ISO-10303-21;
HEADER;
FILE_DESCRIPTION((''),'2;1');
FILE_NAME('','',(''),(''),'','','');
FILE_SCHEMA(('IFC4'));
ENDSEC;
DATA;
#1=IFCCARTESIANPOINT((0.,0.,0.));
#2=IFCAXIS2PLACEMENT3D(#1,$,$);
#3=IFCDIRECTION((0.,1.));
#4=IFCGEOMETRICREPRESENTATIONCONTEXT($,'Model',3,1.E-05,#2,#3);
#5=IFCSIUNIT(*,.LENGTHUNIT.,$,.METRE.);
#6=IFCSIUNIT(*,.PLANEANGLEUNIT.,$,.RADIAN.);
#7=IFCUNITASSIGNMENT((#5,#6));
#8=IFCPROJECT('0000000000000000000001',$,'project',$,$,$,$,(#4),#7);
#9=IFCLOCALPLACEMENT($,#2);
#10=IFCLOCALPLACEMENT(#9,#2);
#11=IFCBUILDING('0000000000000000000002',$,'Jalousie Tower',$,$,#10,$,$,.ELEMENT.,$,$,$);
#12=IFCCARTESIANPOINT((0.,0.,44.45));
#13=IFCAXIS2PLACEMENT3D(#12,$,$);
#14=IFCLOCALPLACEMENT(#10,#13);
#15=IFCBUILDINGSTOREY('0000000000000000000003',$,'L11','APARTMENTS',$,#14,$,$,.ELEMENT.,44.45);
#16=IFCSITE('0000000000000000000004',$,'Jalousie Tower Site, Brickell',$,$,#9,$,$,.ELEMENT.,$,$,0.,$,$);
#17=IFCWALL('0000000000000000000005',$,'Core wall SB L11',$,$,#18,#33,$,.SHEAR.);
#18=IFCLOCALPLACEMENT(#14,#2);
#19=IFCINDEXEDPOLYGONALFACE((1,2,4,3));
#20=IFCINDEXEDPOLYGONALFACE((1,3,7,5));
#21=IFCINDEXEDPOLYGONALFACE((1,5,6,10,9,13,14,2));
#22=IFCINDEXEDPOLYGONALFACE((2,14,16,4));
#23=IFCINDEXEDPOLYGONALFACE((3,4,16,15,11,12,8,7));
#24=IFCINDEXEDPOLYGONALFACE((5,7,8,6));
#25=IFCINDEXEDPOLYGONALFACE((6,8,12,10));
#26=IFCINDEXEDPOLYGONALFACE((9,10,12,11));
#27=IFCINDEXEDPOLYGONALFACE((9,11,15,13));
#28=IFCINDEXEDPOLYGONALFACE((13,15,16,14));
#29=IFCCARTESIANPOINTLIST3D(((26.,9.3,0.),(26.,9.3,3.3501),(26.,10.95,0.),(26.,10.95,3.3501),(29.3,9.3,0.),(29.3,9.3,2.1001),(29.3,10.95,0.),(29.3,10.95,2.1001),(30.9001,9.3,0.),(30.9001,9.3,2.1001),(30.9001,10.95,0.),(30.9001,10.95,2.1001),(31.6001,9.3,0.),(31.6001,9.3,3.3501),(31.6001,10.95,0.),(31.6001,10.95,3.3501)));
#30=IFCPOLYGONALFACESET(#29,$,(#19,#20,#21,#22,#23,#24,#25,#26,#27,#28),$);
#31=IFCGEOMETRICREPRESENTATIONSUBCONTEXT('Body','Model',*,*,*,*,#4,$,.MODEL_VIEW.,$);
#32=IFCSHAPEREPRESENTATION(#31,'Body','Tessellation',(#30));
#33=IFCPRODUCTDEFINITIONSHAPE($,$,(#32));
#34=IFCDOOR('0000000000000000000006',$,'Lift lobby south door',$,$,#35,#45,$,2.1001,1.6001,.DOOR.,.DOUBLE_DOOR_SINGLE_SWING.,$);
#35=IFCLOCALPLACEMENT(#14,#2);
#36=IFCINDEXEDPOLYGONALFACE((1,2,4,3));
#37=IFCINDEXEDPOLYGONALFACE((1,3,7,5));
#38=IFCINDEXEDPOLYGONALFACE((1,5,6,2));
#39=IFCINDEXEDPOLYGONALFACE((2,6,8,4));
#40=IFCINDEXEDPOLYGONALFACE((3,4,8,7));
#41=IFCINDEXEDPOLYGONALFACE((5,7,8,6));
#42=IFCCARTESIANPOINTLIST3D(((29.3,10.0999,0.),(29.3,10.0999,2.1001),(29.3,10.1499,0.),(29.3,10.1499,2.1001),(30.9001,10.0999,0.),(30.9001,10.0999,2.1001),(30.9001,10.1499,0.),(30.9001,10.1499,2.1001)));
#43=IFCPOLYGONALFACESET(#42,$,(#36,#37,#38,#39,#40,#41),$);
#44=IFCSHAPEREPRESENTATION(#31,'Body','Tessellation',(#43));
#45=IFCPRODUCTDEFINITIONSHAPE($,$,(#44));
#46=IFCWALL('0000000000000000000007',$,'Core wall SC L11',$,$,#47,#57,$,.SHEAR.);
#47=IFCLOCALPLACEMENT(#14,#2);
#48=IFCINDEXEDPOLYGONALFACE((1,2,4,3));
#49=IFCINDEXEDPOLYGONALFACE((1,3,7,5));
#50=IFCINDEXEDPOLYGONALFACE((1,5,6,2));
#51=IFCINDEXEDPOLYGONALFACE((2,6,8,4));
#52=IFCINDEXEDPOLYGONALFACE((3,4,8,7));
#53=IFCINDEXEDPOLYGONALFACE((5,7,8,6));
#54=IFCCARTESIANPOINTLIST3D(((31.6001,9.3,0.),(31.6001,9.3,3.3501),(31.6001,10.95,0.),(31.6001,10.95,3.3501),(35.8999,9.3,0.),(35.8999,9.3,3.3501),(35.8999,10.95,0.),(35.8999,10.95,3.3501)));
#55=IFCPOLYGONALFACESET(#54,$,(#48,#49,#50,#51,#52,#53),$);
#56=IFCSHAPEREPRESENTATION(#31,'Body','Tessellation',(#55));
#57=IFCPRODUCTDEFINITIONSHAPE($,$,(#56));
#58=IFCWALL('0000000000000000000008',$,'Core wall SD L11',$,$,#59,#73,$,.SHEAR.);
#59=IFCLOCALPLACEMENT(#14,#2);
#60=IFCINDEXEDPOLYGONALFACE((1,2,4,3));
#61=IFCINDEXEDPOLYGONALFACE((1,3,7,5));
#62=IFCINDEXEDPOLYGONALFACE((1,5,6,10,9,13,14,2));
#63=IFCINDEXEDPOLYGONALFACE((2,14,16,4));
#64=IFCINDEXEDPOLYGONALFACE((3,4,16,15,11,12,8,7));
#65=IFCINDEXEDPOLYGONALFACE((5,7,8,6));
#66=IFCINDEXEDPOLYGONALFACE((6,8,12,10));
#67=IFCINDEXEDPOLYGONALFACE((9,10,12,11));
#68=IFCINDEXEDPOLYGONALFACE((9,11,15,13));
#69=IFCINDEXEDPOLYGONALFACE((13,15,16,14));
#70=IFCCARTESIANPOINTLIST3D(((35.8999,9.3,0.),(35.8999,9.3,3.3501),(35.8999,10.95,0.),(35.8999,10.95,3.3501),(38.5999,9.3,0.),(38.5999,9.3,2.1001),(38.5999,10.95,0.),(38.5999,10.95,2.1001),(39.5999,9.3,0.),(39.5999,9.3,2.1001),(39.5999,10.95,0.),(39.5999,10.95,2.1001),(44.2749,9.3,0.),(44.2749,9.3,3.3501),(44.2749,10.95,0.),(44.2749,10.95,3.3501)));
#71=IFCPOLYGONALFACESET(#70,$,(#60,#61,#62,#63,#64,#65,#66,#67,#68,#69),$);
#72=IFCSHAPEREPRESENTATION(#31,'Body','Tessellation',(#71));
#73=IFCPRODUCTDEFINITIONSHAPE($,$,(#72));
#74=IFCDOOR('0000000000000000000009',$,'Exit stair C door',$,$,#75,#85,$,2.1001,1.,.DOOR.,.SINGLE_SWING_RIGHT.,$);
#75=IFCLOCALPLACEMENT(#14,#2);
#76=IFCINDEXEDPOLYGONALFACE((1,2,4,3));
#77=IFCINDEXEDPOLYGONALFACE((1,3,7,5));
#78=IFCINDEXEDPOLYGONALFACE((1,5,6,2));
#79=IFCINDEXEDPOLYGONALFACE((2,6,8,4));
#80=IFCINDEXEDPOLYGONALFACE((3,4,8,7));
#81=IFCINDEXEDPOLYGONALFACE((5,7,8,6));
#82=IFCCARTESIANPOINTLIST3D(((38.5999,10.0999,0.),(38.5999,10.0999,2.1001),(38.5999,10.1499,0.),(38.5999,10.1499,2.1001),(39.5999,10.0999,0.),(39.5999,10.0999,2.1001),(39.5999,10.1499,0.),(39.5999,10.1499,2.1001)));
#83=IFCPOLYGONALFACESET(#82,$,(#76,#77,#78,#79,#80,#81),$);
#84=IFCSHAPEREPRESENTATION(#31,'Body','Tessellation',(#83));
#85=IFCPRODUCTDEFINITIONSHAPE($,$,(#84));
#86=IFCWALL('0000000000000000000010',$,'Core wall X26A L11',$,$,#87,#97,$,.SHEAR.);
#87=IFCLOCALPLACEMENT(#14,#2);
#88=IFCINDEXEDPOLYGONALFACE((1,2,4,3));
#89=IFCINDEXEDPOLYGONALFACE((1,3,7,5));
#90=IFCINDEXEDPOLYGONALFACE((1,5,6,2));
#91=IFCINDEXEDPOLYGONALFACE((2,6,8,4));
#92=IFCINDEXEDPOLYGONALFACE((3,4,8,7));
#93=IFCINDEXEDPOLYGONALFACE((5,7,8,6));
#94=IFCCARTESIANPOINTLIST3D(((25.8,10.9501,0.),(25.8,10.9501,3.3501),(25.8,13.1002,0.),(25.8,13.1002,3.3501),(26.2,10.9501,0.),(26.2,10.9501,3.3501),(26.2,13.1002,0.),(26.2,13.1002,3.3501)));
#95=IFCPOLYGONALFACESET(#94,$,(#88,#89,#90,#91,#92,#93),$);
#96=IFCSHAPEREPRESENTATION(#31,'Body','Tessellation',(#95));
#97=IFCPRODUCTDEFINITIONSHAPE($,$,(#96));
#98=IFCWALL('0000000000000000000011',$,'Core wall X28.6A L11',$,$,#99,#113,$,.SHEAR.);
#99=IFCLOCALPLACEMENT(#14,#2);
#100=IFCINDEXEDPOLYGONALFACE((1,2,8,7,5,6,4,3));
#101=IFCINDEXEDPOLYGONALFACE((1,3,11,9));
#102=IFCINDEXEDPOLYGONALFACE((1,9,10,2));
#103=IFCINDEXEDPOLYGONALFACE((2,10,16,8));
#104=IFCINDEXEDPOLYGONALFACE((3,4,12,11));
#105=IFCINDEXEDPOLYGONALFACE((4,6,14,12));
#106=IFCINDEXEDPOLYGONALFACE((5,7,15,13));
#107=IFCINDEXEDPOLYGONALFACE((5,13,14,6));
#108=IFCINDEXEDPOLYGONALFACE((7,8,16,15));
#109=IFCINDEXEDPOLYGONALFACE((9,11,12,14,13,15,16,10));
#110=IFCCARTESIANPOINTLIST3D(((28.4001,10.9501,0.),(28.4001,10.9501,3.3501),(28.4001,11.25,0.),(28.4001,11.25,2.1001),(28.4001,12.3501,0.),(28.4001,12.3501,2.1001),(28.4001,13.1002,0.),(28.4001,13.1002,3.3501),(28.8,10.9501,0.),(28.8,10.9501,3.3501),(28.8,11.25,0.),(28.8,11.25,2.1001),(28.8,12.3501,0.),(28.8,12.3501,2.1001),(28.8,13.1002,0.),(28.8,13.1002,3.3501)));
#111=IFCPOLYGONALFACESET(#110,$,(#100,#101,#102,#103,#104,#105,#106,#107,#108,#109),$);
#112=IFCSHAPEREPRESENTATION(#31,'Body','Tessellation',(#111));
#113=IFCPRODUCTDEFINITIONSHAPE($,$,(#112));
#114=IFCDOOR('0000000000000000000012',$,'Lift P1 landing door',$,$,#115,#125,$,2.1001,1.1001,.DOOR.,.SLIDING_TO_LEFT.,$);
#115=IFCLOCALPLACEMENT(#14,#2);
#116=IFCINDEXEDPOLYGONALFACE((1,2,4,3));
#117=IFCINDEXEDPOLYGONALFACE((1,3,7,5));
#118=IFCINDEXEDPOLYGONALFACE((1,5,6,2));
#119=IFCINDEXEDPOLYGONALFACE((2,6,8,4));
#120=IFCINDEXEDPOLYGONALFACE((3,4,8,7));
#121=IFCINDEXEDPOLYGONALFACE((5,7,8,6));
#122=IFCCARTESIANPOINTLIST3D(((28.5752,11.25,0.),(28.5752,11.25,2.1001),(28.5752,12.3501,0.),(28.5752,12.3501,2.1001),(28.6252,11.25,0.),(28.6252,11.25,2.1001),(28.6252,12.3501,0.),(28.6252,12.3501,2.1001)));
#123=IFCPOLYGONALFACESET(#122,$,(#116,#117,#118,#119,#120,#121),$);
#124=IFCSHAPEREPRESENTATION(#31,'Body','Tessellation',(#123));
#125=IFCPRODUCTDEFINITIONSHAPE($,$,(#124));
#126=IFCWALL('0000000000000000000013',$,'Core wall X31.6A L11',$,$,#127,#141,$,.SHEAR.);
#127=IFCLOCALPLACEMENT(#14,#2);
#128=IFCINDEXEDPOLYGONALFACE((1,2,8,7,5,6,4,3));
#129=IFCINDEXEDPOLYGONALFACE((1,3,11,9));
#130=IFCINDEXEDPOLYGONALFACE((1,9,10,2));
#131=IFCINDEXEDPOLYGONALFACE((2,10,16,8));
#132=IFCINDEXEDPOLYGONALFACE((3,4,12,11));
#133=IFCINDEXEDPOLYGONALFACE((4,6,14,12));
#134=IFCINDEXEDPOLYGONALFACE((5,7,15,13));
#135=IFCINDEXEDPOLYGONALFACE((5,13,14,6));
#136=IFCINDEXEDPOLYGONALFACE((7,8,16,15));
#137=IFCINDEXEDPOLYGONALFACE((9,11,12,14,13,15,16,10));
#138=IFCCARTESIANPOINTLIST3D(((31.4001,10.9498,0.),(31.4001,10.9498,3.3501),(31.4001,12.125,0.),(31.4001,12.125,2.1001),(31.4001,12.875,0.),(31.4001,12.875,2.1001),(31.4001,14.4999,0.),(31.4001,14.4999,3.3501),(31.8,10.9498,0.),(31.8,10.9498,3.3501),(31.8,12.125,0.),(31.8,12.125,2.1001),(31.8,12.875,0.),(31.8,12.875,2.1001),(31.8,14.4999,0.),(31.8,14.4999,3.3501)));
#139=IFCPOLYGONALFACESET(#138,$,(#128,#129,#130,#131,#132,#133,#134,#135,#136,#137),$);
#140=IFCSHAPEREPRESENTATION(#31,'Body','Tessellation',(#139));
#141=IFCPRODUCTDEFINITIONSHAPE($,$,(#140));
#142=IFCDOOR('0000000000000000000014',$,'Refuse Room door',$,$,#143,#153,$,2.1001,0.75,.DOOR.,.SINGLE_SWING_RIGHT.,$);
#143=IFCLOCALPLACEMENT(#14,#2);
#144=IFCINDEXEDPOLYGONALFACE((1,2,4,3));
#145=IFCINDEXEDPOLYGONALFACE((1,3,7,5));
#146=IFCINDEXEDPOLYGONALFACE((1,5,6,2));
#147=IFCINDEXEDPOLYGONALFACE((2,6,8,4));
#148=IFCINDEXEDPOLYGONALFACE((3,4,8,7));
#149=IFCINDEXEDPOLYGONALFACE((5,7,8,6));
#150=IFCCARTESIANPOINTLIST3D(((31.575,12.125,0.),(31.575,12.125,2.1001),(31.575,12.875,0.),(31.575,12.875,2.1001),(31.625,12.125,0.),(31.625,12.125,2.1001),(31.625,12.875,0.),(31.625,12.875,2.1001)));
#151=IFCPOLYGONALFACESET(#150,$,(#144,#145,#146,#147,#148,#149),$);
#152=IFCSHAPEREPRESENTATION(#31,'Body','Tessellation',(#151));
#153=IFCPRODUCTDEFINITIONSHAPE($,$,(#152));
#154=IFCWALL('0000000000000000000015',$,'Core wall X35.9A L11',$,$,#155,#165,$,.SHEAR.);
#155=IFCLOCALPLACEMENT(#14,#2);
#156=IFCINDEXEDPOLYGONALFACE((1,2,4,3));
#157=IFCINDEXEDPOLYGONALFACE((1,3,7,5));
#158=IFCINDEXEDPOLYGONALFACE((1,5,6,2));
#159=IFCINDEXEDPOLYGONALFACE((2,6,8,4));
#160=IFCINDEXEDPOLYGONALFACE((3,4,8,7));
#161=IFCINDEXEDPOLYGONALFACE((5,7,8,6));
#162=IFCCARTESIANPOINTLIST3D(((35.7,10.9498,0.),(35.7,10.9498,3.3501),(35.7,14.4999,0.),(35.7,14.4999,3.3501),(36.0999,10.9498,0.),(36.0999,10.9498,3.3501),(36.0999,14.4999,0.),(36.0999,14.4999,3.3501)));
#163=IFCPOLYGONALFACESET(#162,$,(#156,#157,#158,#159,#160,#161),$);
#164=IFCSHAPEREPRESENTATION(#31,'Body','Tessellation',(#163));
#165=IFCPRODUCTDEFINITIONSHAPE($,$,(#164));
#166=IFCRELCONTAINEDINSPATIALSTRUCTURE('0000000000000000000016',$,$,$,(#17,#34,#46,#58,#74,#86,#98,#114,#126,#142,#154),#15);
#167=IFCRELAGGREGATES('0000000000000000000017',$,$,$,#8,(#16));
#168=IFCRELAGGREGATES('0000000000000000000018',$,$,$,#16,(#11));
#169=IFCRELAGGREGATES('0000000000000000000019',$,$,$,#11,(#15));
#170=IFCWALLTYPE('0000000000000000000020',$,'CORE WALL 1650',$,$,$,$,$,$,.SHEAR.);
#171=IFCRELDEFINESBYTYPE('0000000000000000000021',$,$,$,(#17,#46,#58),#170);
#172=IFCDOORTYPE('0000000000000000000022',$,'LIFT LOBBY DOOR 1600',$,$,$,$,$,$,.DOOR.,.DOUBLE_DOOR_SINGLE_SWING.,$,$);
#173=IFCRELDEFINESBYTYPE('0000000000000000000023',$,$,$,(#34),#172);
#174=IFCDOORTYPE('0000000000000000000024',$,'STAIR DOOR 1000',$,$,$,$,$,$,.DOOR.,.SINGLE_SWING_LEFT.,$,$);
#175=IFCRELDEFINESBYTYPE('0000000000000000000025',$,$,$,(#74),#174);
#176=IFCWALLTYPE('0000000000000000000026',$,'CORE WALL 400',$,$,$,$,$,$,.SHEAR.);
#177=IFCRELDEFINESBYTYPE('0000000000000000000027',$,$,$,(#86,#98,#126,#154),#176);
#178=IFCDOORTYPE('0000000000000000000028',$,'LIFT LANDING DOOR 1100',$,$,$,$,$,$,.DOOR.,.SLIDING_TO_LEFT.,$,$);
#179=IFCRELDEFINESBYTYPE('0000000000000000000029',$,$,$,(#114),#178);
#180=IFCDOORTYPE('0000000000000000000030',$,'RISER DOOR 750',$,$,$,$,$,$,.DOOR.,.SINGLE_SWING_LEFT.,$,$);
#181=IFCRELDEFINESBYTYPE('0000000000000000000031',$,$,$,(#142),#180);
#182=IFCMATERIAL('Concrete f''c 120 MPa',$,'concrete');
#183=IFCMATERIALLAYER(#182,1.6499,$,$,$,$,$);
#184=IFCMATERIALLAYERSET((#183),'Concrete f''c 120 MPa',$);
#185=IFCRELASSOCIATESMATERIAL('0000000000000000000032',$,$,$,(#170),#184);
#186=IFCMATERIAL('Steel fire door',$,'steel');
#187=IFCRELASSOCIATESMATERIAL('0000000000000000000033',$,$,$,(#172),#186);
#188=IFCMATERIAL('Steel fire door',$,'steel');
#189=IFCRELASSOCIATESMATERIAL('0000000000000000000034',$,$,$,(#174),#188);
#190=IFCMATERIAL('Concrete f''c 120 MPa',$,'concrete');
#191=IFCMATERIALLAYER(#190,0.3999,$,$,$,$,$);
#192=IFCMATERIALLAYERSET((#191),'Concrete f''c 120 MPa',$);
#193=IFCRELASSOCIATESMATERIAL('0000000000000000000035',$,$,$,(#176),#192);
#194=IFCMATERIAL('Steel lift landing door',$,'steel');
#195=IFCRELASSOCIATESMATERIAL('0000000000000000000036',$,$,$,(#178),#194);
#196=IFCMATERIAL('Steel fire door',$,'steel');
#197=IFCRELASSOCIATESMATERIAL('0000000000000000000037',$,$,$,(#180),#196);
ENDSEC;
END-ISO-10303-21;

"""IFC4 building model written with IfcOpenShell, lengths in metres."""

from ifc_helpers import new_model, si_unit, direction, frame, frame_2d, origin, place, context, subcontext, project, spatial, rectangle, extrude, material, layer, layer_set, type_object, element, fill, save


model = new_model("IFC4")

# Units and contexts
model_context = context("Model", 3, precision=1e-05, world=origin(), true_north=direction((0.0, 1.0)))
body_context = subcontext(model_context, "Body", "Model", "MODEL_VIEW")
ifc_project = project(units=[si_unit("LENGTHUNIT", "METRE"), si_unit("PLANEANGLEUNIT", "RADIAN")], contexts=[model_context])

# Site, building, storey
site_placement = place(None, origin())
site = spatial("IfcSite", under=ifc_project, at=site_placement, Name="Jalousie Tower Site, Brickell", CompositionType="ELEMENT", RefElevation=0.0)
building_placement = place(site_placement, origin())
building = spatial("IfcBuilding", under=site, at=building_placement, Name="Jalousie Tower", CompositionType="ELEMENT")
storey_placement = place(building_placement, frame((0.0, 0.0, 44.45)))
storey = spatial("IfcBuildingStorey", under=building, at=storey_placement, Name="L11", Description="APARTMENTS", CompositionType="ELEMENT", Elevation=44.45)

# Wall, opening, door
ifc_material_1 = material(Name="Concrete f'c 120 MPa", Category="concrete")
ifc_layer_1 = layer(ifc_material_1, 1.6499)
ifc_layer_set_1 = layer_set([ifc_layer_1], Name="Concrete f'c 120 MPa")
wall_type_1 = type_object("IfcWallType", Name="CORE WALL 1650", PredefinedType="SHEAR", material=ifc_layer_set_1)
wall_1_placement = place(storey_placement, frame((26.0, 10.125, 0.0), z_axis=(0.0, 0.0, 1.0), x_axis=(1.0, 0.0, 0.0)))
wall_1 = element("IfcWall", 1, at=wall_1_placement, inside=storey, type_object=wall_type_1, Name="Core wall SB L11", PredefinedType="SHEAR", context=body_context, shape_type="SweptSolid", body=[
    extrude(rectangle(XDim=5.6001, YDim=1.6499, at=frame_2d((2.8, 0.0))), origin(), (0.0, 0.0, 1.0), 3.3501),
])
opening_1_placement = place(wall_1_placement, frame((3.3, 0.0, 0.0)))
opening_1 = element("IfcOpeningElement", 2, at=opening_1_placement, cuts=wall_1, PredefinedType="OPENING", context=body_context, shape_type="SweptSolid", body=[
    extrude(rectangle(XDim=1.6001, YDim=2.1001, at=frame_2d((0.8, 1.05))), frame((0.0, 0.835, 0.0), z_axis=(0.0, -1.0, 0.0), x_axis=(1.0, 0.0, 0.0)), (0.0, 0.0, 1.0), 1.6699),
])
ifc_material_2 = material(Name="Steel fire door", Category="steel")
door_type_1 = type_object("IfcDoorType", Name="LIFT LOBBY DOOR 1600", OperationType="DOUBLE_DOOR_SINGLE_SWING", PredefinedType="DOOR", material=ifc_material_2)
door_1_placement = place(opening_1_placement, origin())
door_1 = element("IfcDoor", 3, at=door_1_placement, inside=storey, type_object=door_type_1, Name="Lift lobby south door", OperationType="DOUBLE_DOOR_SINGLE_SWING", OverallHeight=2.1001, OverallWidth=1.6001, PredefinedType="DOOR", context=body_context, shape_type="SweptSolid", body=[
    extrude(rectangle(XDim=1.6001, YDim=2.1001, at=frame_2d((0.8, 1.05))), frame((0.0, 0.0249, 0.0), z_axis=(0.0, -1.0, 0.0), x_axis=(1.0, 0.0, 0.0)), (0.0, 0.0, 1.0), 0.05),
])
fill(opening_1, door_1)

# Wall
wall_2_placement = place(storey_placement, frame((31.6001, 10.125, 0.0), z_axis=(0.0, 0.0, 1.0), x_axis=(1.0, 0.0, 0.0)))
element("IfcWall", 4, at=wall_2_placement, inside=storey, type_object=wall_type_1, Name="Core wall SC L11", PredefinedType="SHEAR", context=body_context, shape_type="SweptSolid", body=[
    extrude(rectangle(XDim=4.2998, YDim=1.6499, at=frame_2d((2.1499, 0.0))), origin(), (0.0, 0.0, 1.0), 3.3501),
])

# Wall, opening, door
wall_3_placement = place(storey_placement, frame((35.8999, 10.125, 0.0), z_axis=(0.0, 0.0, 1.0), x_axis=(1.0, 0.0, 0.0)))
wall_3 = element("IfcWall", 5, at=wall_3_placement, inside=storey, type_object=wall_type_1, Name="Core wall SD L11", PredefinedType="SHEAR", context=body_context, shape_type="SweptSolid", body=[
    extrude(rectangle(XDim=8.375, YDim=1.6499, at=frame_2d((4.1875, 0.0))), origin(), (0.0, 0.0, 1.0), 3.3501),
])
opening_2_placement = place(wall_3_placement, frame((2.7, 0.0, 0.0)))
opening_2 = element("IfcOpeningElement", 6, at=opening_2_placement, cuts=wall_3, PredefinedType="OPENING", context=body_context, shape_type="SweptSolid", body=[
    extrude(rectangle(XDim=1.0, YDim=2.1001, at=frame_2d((0.5, 1.05))), frame((0.0, 0.835, 0.0), z_axis=(0.0, -1.0, 0.0), x_axis=(1.0, 0.0, 0.0)), (0.0, 0.0, 1.0), 1.6699),
])
ifc_material_3 = material(Name="Steel fire door", Category="steel")
door_type_2 = type_object("IfcDoorType", Name="STAIR DOOR 1000", OperationType="SINGLE_SWING_LEFT", PredefinedType="DOOR", material=ifc_material_3)
door_2_placement = place(opening_2_placement, origin())
door_2 = element("IfcDoor", 7, at=door_2_placement, inside=storey, type_object=door_type_2, Name="Exit stair C door", OperationType="SINGLE_SWING_RIGHT", OverallHeight=2.1001, OverallWidth=1.0, PredefinedType="DOOR", context=body_context, shape_type="SweptSolid", body=[
    extrude(rectangle(XDim=1.0, YDim=2.1001, at=frame_2d((0.5, 1.05))), frame((0.0, 0.0249, 0.0), z_axis=(0.0, -1.0, 0.0), x_axis=(1.0, 0.0, 0.0)), (0.0, 0.0, 1.0), 0.05),
])
fill(opening_2, door_2)

# Wall
ifc_material_4 = material(Name="Concrete f'c 120 MPa", Category="concrete")
ifc_layer_2 = layer(ifc_material_4, 0.3999)
ifc_layer_set_2 = layer_set([ifc_layer_2], Name="Concrete f'c 120 MPa")
wall_type_2 = type_object("IfcWallType", Name="CORE WALL 400", PredefinedType="SHEAR", material=ifc_layer_set_2)
wall_4_placement = place(storey_placement, frame((26.0, 10.95, 0.0), z_axis=(0.0, 0.0, 1.0), x_axis=(0.0, 1.0, 0.0)))
element("IfcWall", 8, at=wall_4_placement, inside=storey, type_object=wall_type_2, Name="Core wall X26A L11", PredefinedType="SHEAR", context=body_context, shape_type="SweptSolid", body=[
    extrude(rectangle(XDim=2.1501, YDim=0.3999, at=frame_2d((1.0752, 0.0))), origin(), (0.0, 0.0, 1.0), 3.3501),
])

# Walls, openings, doors
wall_5_placement = place(storey_placement, frame((28.6001, 10.95, 0.0), z_axis=(0.0, 0.0, 1.0), x_axis=(0.0, 1.0, 0.0)))
wall_5 = element("IfcWall", 9, at=wall_5_placement, inside=storey, type_object=wall_type_2, Name="Core wall X28.6A L11", PredefinedType="SHEAR", context=body_context, shape_type="SweptSolid", body=[
    extrude(rectangle(XDim=2.1501, YDim=0.3999, at=frame_2d((1.0752, 0.0))), origin(), (0.0, 0.0, 1.0), 3.3501),
])
opening_3_placement = place(wall_5_placement, frame((0.3, 0.0, 0.0)))
opening_3 = element("IfcOpeningElement", 10, at=opening_3_placement, cuts=wall_5, PredefinedType="OPENING", context=body_context, shape_type="SweptSolid", body=[
    extrude(rectangle(XDim=1.1001, YDim=2.1001, at=frame_2d((0.55, 1.05))), frame((0.0, 0.21, 0.0), z_axis=(0.0, -1.0, 0.0), x_axis=(1.0, 0.0, 0.0)), (0.0, 0.0, 1.0), 0.4199),
])
ifc_material_5 = material(Name="Steel lift landing door", Category="steel")
door_type_3 = type_object("IfcDoorType", Name="LIFT LANDING DOOR 1100", OperationType="SLIDING_TO_LEFT", PredefinedType="DOOR", material=ifc_material_5)
door_3_placement = place(opening_3_placement, origin())
door_3 = element("IfcDoor", 11, at=door_3_placement, inside=storey, type_object=door_type_3, Name="Lift P1 landing door", OperationType="SLIDING_TO_LEFT", OverallHeight=2.1001, OverallWidth=1.1001, PredefinedType="DOOR", context=body_context, shape_type="SweptSolid", body=[
    extrude(rectangle(XDim=1.1001, YDim=2.1001, at=frame_2d((0.55, 1.05))), frame((0.0, 0.0249, 0.0), z_axis=(0.0, -1.0, 0.0), x_axis=(1.0, 0.0, 0.0)), (0.0, 0.0, 1.0), 0.05),
])
fill(opening_3, door_3)
wall_6_placement = place(storey_placement, frame((31.6001, 10.95, 0.0), z_axis=(0.0, 0.0, 1.0), x_axis=(0.0, 1.0, 0.0)))
wall_6 = element("IfcWall", 12, at=wall_6_placement, inside=storey, type_object=wall_type_2, Name="Core wall X31.6A L11", PredefinedType="SHEAR", context=body_context, shape_type="SweptSolid", body=[
    extrude(rectangle(XDim=3.55, YDim=0.3999, at=frame_2d((1.7749, 0.0))), origin(), (0.0, 0.0, 1.0), 3.3501),
])
opening_4_placement = place(wall_6_placement, frame((1.175, 0.0, 0.0)))
opening_4 = element("IfcOpeningElement", 13, at=opening_4_placement, cuts=wall_6, PredefinedType="OPENING", context=body_context, shape_type="SweptSolid", body=[
    extrude(rectangle(XDim=0.75, YDim=2.1001, at=frame_2d((0.375, 1.05))), frame((0.0, 0.21, 0.0), z_axis=(0.0, -1.0, 0.0), x_axis=(1.0, 0.0, 0.0)), (0.0, 0.0, 1.0), 0.4199),
])
ifc_material_6 = material(Name="Steel fire door", Category="steel")
door_type_4 = type_object("IfcDoorType", Name="RISER DOOR 750", OperationType="SINGLE_SWING_LEFT", PredefinedType="DOOR", material=ifc_material_6)
door_4_placement = place(opening_4_placement, frame((0.75, 0.0, 0.0), z_axis=(0.0, 0.0, 1.0), x_axis=(-1.0, 0.0, 0.0)))
door_4 = element("IfcDoor", 14, at=door_4_placement, inside=storey, type_object=door_type_4, Name="Refuse Room door", OperationType="SINGLE_SWING_RIGHT", OverallHeight=2.1001, OverallWidth=0.75, PredefinedType="DOOR", context=body_context, shape_type="SweptSolid", body=[
    extrude(rectangle(XDim=0.75, YDim=2.1001, at=frame_2d((0.375, 1.05))), frame((0.0, 0.0249, 0.0), z_axis=(0.0, -1.0, 0.0), x_axis=(1.0, 0.0, 0.0)), (0.0, 0.0, 1.0), 0.05),
])
fill(opening_4, door_4)

# Wall
wall_7_placement = place(storey_placement, frame((35.8999, 10.95, 0.0), z_axis=(0.0, 0.0, 1.0), x_axis=(0.0, 1.0, 0.0)))
element("IfcWall", 15, at=wall_7_placement, inside=storey, type_object=wall_type_2, Name="Core wall X35.9A L11", PredefinedType="SHEAR", context=body_context, shape_type="SweptSolid", body=[
    extrude(rectangle(XDim=3.55, YDim=0.3999, at=frame_2d((1.7749, 0.0))), origin(), (0.0, 0.0, 1.0), 3.3501),
])

save(model, "model.ifc")
